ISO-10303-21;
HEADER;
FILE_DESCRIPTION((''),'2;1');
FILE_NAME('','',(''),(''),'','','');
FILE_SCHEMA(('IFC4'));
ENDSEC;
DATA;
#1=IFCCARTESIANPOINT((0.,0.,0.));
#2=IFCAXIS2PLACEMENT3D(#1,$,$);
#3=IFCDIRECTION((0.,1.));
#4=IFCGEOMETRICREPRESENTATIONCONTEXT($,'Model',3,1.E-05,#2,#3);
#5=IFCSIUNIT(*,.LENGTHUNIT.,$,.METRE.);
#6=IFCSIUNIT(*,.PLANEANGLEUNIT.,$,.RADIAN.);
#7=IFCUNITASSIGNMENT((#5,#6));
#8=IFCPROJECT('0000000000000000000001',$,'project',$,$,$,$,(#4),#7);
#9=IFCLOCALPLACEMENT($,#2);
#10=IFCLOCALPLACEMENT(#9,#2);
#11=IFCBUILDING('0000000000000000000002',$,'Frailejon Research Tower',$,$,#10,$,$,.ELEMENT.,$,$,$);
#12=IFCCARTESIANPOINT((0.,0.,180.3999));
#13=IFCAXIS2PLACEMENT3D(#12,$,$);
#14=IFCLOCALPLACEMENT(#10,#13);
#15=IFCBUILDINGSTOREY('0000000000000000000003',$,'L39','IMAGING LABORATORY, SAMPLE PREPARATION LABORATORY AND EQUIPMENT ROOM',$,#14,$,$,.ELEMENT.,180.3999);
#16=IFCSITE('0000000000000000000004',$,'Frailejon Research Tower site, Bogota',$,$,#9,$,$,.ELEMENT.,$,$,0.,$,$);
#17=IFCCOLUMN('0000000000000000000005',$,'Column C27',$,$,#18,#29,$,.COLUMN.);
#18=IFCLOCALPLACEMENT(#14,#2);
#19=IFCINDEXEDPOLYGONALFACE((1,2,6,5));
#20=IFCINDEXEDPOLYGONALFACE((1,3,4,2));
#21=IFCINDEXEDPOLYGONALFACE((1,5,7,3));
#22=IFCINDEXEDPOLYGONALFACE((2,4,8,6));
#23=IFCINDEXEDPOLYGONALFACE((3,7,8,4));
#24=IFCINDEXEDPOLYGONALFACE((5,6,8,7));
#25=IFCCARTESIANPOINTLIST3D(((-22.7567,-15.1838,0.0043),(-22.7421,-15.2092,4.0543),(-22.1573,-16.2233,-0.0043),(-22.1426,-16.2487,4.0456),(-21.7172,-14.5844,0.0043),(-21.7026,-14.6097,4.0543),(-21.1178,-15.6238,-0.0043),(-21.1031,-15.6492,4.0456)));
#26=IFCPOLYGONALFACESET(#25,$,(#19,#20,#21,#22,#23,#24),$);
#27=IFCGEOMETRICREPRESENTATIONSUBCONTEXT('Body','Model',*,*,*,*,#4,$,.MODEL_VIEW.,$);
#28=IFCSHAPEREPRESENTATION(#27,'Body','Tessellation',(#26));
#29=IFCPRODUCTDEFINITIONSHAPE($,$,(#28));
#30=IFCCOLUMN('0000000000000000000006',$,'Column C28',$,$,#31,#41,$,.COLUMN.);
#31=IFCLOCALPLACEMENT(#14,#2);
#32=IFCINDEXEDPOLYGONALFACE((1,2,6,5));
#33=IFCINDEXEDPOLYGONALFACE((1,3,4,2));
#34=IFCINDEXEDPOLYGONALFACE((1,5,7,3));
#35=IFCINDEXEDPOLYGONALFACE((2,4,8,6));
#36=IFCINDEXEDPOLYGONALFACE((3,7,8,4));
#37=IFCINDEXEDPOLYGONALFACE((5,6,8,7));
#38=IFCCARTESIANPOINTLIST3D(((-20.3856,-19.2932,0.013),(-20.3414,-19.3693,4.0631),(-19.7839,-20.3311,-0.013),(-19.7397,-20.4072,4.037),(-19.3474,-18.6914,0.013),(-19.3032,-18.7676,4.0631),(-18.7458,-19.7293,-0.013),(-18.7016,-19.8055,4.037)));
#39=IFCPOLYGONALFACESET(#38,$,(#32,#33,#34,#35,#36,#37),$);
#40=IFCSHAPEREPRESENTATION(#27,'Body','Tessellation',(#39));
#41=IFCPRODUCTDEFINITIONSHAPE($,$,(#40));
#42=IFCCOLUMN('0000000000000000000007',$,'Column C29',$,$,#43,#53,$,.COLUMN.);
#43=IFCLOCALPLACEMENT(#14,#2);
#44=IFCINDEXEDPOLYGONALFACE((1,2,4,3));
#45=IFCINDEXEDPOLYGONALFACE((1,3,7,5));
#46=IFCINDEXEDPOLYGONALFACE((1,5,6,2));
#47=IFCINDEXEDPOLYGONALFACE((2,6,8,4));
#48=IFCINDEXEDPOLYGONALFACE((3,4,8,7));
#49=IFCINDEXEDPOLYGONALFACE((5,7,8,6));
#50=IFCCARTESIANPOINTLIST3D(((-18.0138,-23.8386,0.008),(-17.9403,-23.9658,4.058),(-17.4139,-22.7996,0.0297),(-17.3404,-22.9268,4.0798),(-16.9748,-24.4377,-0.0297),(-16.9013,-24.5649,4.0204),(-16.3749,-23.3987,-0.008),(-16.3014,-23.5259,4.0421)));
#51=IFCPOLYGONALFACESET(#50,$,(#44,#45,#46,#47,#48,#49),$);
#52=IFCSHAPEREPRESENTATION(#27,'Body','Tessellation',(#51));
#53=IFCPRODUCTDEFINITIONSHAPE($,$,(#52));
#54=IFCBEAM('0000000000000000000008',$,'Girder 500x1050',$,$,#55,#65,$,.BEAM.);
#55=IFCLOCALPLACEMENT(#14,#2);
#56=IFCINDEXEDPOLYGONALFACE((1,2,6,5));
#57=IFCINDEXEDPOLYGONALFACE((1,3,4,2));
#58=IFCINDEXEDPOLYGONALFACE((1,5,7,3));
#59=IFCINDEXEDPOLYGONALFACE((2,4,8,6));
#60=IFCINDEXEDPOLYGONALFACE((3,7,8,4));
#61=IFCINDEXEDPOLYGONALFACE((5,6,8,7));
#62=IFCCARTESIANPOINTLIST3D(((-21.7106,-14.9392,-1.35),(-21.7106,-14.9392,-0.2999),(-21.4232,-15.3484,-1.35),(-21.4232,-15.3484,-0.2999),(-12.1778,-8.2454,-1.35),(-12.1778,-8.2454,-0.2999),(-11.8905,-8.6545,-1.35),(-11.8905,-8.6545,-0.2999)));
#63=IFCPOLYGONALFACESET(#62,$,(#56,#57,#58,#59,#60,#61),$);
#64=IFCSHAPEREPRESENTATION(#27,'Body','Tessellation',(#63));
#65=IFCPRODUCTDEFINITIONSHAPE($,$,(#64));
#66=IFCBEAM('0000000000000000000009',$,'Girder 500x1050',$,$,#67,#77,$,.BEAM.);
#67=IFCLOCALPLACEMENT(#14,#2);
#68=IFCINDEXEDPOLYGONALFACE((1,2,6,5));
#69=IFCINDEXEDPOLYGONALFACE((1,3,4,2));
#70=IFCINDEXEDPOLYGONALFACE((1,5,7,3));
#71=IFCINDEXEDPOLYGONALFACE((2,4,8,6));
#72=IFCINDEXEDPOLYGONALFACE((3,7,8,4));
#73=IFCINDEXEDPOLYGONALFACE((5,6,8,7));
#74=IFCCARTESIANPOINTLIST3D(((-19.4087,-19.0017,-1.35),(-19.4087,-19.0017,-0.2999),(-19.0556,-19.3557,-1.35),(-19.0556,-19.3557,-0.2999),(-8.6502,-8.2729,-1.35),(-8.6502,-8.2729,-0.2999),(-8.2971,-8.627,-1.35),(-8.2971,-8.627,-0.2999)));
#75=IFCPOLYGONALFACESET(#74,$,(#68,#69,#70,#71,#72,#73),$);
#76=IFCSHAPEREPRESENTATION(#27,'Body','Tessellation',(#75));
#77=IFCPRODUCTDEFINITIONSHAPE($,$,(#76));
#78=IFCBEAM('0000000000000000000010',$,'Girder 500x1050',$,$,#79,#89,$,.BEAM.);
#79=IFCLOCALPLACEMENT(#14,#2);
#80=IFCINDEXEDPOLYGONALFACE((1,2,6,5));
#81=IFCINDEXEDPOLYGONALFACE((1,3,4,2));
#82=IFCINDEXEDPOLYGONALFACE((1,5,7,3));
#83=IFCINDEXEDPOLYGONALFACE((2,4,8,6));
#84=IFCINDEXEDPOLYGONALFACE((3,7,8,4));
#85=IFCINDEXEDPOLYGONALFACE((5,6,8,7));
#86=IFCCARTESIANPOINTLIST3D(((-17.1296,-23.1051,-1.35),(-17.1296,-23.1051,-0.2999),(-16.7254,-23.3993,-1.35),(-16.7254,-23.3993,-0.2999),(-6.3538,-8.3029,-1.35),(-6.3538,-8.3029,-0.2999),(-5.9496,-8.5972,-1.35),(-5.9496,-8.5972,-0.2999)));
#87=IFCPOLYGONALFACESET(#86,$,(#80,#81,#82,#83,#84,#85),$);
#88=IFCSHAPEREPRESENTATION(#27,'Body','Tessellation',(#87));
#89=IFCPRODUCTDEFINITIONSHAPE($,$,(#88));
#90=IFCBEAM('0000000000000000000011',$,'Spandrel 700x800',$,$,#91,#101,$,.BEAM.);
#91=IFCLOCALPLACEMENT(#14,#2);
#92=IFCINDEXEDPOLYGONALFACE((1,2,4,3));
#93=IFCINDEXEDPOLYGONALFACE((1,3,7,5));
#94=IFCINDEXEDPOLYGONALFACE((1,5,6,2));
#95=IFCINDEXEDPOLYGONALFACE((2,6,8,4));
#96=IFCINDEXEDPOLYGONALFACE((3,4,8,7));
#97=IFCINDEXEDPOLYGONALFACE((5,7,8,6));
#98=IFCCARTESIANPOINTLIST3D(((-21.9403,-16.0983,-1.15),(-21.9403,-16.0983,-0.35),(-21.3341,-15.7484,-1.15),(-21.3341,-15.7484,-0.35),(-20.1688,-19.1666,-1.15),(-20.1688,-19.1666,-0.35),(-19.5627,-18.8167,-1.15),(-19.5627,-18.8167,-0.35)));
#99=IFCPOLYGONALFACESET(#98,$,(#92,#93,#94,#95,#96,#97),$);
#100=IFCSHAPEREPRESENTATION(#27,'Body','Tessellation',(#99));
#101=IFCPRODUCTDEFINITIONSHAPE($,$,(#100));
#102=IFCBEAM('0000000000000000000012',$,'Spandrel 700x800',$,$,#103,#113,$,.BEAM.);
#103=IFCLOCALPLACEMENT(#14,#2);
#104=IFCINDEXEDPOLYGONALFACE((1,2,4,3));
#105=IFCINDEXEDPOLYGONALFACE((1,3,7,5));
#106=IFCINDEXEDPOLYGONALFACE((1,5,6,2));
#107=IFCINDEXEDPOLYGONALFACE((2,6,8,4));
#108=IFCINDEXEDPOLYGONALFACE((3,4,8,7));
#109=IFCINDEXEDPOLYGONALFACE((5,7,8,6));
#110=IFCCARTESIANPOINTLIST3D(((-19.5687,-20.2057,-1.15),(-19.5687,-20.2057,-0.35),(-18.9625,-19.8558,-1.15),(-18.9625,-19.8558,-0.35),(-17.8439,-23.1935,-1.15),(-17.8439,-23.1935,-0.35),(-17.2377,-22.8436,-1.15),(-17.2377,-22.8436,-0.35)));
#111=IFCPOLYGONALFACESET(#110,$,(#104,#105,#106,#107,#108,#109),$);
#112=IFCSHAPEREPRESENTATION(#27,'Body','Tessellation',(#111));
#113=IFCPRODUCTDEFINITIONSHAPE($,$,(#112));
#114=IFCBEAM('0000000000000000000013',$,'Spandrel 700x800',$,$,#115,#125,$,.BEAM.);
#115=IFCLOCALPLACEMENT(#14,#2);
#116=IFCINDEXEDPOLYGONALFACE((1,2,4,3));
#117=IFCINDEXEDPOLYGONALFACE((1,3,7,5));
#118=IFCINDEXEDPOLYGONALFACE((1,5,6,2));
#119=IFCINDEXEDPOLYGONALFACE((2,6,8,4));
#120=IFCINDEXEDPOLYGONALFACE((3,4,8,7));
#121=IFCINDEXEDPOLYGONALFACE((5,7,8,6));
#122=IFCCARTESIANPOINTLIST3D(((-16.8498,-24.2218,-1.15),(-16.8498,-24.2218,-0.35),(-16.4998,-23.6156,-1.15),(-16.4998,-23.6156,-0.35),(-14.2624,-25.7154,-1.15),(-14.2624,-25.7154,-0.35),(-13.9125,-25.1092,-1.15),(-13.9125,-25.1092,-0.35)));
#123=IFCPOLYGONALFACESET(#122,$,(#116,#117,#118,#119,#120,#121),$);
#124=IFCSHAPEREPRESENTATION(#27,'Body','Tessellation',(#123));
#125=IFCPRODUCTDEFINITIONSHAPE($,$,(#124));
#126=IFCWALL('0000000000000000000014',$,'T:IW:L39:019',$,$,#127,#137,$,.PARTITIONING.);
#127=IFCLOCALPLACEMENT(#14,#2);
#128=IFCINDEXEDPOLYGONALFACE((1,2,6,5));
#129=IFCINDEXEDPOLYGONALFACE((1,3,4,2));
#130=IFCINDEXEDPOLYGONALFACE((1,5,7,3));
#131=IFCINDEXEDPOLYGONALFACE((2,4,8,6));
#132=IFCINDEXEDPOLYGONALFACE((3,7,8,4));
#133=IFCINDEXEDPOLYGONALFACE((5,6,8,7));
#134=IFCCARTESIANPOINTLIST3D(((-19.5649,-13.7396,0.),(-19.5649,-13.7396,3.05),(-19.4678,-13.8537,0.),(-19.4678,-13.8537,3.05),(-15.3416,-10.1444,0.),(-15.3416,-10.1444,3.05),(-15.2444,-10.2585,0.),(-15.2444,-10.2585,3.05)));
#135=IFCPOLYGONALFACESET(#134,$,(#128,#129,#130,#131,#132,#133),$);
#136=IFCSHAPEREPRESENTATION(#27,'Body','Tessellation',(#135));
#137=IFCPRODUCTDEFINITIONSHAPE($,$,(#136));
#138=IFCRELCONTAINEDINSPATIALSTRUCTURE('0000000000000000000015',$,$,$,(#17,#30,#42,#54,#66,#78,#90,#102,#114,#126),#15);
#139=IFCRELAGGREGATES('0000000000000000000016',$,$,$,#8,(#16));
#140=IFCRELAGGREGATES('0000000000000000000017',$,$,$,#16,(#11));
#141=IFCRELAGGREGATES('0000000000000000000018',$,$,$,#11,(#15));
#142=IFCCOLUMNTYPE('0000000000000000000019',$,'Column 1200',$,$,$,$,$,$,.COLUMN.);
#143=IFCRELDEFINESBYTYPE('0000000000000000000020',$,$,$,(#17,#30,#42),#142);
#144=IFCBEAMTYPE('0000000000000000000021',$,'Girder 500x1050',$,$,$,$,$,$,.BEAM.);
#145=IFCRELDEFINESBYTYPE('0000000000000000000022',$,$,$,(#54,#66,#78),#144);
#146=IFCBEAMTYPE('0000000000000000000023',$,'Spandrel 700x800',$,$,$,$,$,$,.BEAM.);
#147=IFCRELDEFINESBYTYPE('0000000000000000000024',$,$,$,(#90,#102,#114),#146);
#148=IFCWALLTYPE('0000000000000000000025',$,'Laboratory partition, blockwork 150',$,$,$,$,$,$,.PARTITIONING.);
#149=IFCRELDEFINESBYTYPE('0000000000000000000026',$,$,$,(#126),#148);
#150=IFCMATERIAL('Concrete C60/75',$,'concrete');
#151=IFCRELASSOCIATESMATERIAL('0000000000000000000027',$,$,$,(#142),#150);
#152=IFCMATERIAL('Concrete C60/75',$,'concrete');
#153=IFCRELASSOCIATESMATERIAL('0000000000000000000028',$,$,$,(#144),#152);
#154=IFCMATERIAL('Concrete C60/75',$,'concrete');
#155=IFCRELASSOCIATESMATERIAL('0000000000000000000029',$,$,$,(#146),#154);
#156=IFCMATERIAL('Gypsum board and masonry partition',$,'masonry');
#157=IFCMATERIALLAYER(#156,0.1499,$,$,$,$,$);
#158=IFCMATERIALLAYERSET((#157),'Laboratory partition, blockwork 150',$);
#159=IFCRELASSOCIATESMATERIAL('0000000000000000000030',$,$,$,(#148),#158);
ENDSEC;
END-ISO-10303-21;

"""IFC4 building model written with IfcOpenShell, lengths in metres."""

from ifc_helpers import new_model, si_unit, direction, frame, frame_2d, origin, origin_2d, place, context, subcontext, project, spatial, rectangle, extrude, material, layer, layer_set, material_profile, profile_set, type_object, element, save


model = new_model("IFC4")

# Units and contexts
model_context = context("Model", 3, precision=1e-05, world=origin(), true_north=direction((0.0, 1.0)))
body_context = subcontext(model_context, "Body", "Model", "MODEL_VIEW")
ifc_project = project(units=[si_unit("LENGTHUNIT", "METRE"), si_unit("PLANEANGLEUNIT", "RADIAN")], contexts=[model_context])

# Site, building, storey
site_placement = place(None, origin())
site = spatial("IfcSite", under=ifc_project, at=site_placement, Name="Frailejon Research Tower site, Bogota", CompositionType="ELEMENT", RefElevation=0.0)
building_placement = place(site_placement, origin())
building = spatial("IfcBuilding", under=site, at=building_placement, Name="Frailejon Research Tower", CompositionType="ELEMENT")
storey_placement = place(building_placement, frame((0.0, 0.0, 180.3999)))
storey = spatial("IfcBuildingStorey", under=building, at=storey_placement, Name="L39", Description="IMAGING LABORATORY, SAMPLE PREPARATION LABORATORY AND EQUIPMENT ROOM", CompositionType="ELEMENT", Elevation=180.3999)

# Columns
ifc_material_1 = material(Name="Concrete C60/75", Category="concrete")
ifc_material_profile_1 = material_profile(ifc_material_1, rectangle(XDim=1.2, YDim=1.2, at=origin_2d()), Name="Column 1200")
ifc_profile_set_1 = profile_set([ifc_material_profile_1], Name="Concrete C60/75")
column_type = type_object("IfcColumnType", Name="Column 1200", PredefinedType="COLUMN", material=ifc_profile_set_1)
column_1_placement = place(storey_placement, frame((-21.9373, -15.4038, 0.0), z_axis=(0.003617, -0.006269, 0.999974), x_axis=(0.499536, -0.866263, -0.007238)))
element("IfcColumn", 1, at=column_1_placement, inside=storey, type_object=column_type, Name="Column C27", PredefinedType="COLUMN", context=body_context, shape_type="SweptSolid", body=[
    extrude(rectangle(XDim=1.2, YDim=1.2, at=origin_2d()), origin(), (0.0, 0.0, 1.0), 4.05),
])
column_2_placement = place(storey_placement, frame((-19.5657, -19.5112, 0.0), z_axis=(0.010908, -0.018803, 0.999764), x_axis=(0.501388, -0.864949, -0.021738)))
element("IfcColumn", 2, at=column_2_placement, inside=storey, type_object=column_type, Name="Column C28", PredefinedType="COLUMN", context=body_context, shape_type="SweptSolid", body=[
    extrude(rectangle(XDim=1.2, YDim=1.2, at=origin_2d()), origin(), (0.0, 0.0, 1.0), 4.051),
])
column_3_placement = place(storey_placement, frame((-17.1943, -23.6187, 0.0), z_axis=(0.018133, -0.031386, 0.999343), x_axis=(0.865885, -0.499257, -0.031391)))
element("IfcColumn", 3, at=column_3_placement, inside=storey, type_object=column_type, Name="Column C29", PredefinedType="COLUMN", context=body_context, shape_type="SweptSolid", body=[
    extrude(rectangle(XDim=1.2, YDim=1.2, at=origin_2d()), origin(), (0.0, 0.0, 1.0), 4.0527),
])

# Beams
ifc_material_2 = material(Name="Concrete C60/75", Category="concrete")
ifc_material_profile_2 = material_profile(ifc_material_2, rectangle(XDim=0.5, YDim=1.05, at=origin_2d()), Name="Girder 500x1050")
ifc_profile_set_2 = profile_set([ifc_material_profile_2], Name="Concrete C60/75")
beam_type_1 = type_object("IfcBeamType", Name="Girder 500x1050", PredefinedType="BEAM", material=ifc_profile_set_2)
beam_1_placement = place(storey_placement, frame((-21.5669, -15.1438, -0.825), z_axis=(0.818386, 0.574669, 0.0), x_axis=(-0.574669, 0.818386, 0.0)))
element("IfcBeam", 4, at=beam_1_placement, inside=storey, type_object=beam_type_1, Name="Girder 500x1050", PredefinedType="BEAM", context=body_context, shape_type="SweptSolid", body=[
    extrude(rectangle(XDim=0.5, YDim=1.05, at=origin_2d()), origin(), (0.0, 0.0, 1.0), 11.6482),
])
beam_2_placement = place(storey_placement, frame((-19.2322, -19.1787, -0.825), z_axis=(0.708086, 0.706126, 0.0), x_axis=(-0.706126, 0.708086, 0.0)))
element("IfcBeam", 5, at=beam_2_placement, inside=storey, type_object=beam_type_1, Name="Girder 500x1050", PredefinedType="BEAM", context=body_context, shape_type="SweptSolid", body=[
    extrude(rectangle(XDim=0.5, YDim=1.05, at=origin_2d()), origin(), (0.0, 0.0, 1.0), 15.1938),
])
beam_3_placement = place(storey_placement, frame((-16.9275, -23.2522, -0.825), z_axis=(0.588551, 0.80846, 0.0), x_axis=(-0.80846, 0.588551, 0.0)))
element("IfcBeam", 6, at=beam_3_placement, inside=storey, type_object=beam_type_1, Name="Girder 500x1050", PredefinedType="BEAM", context=body_context, shape_type="SweptSolid", body=[
    extrude(rectangle(XDim=0.5, YDim=1.05, at=origin_2d()), origin(), (0.0, 0.0, 1.0), 18.3091),
])
ifc_material_3 = material(Name="Concrete C60/75", Category="concrete")
ifc_material_profile_3 = material_profile(ifc_material_3, rectangle(XDim=0.7, YDim=0.8, at=origin_2d()), Name="Spandrel 700x800")
ifc_profile_set_3 = profile_set([ifc_material_profile_3], Name="Concrete C60/75")
beam_type_2 = type_object("IfcBeamType", Name="Spandrel 700x800", PredefinedType="BEAM", material=ifc_profile_set_3)
beam_4_placement = place(storey_placement, frame((-21.6372, -15.9233, -0.75), z_axis=(0.499993, -0.86603, 0.0), x_axis=(0.86603, 0.499993, 0.0)))
element("IfcBeam", 7, at=beam_4_placement, inside=storey, type_object=beam_type_2, Name="Spandrel 700x800", PredefinedType="BEAM", context=body_context, shape_type="SweptSolid", body=[
    extrude(rectangle(XDim=0.7, YDim=0.8, at=origin_2d()), origin(), (0.0, 0.0, 1.0), 3.543),
])
beam_5_placement = place(storey_placement, frame((-19.2656, -20.0308, -0.75), z_axis=(0.499967, -0.866044, 0.0), x_axis=(0.866044, 0.499967, 0.0)))
element("IfcBeam", 8, at=beam_5_placement, inside=storey, type_object=beam_type_2, Name="Spandrel 700x800", PredefinedType="BEAM", context=body_context, shape_type="SweptSolid", body=[
    extrude(rectangle(XDim=0.7, YDim=0.8, at=origin_2d()), origin(), (0.0, 0.0, 1.0), 3.45),
])
beam_6_placement = place(storey_placement, frame((-16.6748, -23.9187, -0.75), z_axis=(0.866052, -0.499954, 0.0), x_axis=(0.499954, 0.866052, 0.0)))
element("IfcBeam", 9, at=beam_6_placement, inside=storey, type_object=beam_type_2, Name="Spandrel 700x800", PredefinedType="BEAM", context=body_context, shape_type="SweptSolid", body=[
    extrude(rectangle(XDim=0.7, YDim=0.8, at=origin_2d()), origin(), (0.0, 0.0, 1.0), 2.9875),
])

# Wall
ifc_material_4 = material(Name="Gypsum board and masonry partition", Category="masonry")
ifc_layer_1 = layer(ifc_material_4, 0.1499)
ifc_layer_set_1 = layer_set([ifc_layer_1], Name="Laboratory partition, blockwork 150")
wall_type_1 = type_object("IfcWallType", Name="Laboratory partition, blockwork 150", PredefinedType="PARTITIONING", material=ifc_layer_set_1)
wall_1_placement = place(storey_placement, frame((-19.5164, -13.7966, 0.0), z_axis=(0.0, 0.0, 1.0), x_axis=(0.761464, 0.648207, 0.0)))
element("IfcWall", 10, at=wall_1_placement, inside=storey, type_object=wall_type_1, Name="T:IW:L39:019", PredefinedType="PARTITIONING", context=body_context, shape_type="SweptSolid", body=[
    extrude(rectangle(XDim=5.5464, YDim=0.1499, at=frame_2d((2.7732, 0.0))), origin(), (0.0, 0.0, 1.0), 3.05),
])

save(model, "model.ifc")
